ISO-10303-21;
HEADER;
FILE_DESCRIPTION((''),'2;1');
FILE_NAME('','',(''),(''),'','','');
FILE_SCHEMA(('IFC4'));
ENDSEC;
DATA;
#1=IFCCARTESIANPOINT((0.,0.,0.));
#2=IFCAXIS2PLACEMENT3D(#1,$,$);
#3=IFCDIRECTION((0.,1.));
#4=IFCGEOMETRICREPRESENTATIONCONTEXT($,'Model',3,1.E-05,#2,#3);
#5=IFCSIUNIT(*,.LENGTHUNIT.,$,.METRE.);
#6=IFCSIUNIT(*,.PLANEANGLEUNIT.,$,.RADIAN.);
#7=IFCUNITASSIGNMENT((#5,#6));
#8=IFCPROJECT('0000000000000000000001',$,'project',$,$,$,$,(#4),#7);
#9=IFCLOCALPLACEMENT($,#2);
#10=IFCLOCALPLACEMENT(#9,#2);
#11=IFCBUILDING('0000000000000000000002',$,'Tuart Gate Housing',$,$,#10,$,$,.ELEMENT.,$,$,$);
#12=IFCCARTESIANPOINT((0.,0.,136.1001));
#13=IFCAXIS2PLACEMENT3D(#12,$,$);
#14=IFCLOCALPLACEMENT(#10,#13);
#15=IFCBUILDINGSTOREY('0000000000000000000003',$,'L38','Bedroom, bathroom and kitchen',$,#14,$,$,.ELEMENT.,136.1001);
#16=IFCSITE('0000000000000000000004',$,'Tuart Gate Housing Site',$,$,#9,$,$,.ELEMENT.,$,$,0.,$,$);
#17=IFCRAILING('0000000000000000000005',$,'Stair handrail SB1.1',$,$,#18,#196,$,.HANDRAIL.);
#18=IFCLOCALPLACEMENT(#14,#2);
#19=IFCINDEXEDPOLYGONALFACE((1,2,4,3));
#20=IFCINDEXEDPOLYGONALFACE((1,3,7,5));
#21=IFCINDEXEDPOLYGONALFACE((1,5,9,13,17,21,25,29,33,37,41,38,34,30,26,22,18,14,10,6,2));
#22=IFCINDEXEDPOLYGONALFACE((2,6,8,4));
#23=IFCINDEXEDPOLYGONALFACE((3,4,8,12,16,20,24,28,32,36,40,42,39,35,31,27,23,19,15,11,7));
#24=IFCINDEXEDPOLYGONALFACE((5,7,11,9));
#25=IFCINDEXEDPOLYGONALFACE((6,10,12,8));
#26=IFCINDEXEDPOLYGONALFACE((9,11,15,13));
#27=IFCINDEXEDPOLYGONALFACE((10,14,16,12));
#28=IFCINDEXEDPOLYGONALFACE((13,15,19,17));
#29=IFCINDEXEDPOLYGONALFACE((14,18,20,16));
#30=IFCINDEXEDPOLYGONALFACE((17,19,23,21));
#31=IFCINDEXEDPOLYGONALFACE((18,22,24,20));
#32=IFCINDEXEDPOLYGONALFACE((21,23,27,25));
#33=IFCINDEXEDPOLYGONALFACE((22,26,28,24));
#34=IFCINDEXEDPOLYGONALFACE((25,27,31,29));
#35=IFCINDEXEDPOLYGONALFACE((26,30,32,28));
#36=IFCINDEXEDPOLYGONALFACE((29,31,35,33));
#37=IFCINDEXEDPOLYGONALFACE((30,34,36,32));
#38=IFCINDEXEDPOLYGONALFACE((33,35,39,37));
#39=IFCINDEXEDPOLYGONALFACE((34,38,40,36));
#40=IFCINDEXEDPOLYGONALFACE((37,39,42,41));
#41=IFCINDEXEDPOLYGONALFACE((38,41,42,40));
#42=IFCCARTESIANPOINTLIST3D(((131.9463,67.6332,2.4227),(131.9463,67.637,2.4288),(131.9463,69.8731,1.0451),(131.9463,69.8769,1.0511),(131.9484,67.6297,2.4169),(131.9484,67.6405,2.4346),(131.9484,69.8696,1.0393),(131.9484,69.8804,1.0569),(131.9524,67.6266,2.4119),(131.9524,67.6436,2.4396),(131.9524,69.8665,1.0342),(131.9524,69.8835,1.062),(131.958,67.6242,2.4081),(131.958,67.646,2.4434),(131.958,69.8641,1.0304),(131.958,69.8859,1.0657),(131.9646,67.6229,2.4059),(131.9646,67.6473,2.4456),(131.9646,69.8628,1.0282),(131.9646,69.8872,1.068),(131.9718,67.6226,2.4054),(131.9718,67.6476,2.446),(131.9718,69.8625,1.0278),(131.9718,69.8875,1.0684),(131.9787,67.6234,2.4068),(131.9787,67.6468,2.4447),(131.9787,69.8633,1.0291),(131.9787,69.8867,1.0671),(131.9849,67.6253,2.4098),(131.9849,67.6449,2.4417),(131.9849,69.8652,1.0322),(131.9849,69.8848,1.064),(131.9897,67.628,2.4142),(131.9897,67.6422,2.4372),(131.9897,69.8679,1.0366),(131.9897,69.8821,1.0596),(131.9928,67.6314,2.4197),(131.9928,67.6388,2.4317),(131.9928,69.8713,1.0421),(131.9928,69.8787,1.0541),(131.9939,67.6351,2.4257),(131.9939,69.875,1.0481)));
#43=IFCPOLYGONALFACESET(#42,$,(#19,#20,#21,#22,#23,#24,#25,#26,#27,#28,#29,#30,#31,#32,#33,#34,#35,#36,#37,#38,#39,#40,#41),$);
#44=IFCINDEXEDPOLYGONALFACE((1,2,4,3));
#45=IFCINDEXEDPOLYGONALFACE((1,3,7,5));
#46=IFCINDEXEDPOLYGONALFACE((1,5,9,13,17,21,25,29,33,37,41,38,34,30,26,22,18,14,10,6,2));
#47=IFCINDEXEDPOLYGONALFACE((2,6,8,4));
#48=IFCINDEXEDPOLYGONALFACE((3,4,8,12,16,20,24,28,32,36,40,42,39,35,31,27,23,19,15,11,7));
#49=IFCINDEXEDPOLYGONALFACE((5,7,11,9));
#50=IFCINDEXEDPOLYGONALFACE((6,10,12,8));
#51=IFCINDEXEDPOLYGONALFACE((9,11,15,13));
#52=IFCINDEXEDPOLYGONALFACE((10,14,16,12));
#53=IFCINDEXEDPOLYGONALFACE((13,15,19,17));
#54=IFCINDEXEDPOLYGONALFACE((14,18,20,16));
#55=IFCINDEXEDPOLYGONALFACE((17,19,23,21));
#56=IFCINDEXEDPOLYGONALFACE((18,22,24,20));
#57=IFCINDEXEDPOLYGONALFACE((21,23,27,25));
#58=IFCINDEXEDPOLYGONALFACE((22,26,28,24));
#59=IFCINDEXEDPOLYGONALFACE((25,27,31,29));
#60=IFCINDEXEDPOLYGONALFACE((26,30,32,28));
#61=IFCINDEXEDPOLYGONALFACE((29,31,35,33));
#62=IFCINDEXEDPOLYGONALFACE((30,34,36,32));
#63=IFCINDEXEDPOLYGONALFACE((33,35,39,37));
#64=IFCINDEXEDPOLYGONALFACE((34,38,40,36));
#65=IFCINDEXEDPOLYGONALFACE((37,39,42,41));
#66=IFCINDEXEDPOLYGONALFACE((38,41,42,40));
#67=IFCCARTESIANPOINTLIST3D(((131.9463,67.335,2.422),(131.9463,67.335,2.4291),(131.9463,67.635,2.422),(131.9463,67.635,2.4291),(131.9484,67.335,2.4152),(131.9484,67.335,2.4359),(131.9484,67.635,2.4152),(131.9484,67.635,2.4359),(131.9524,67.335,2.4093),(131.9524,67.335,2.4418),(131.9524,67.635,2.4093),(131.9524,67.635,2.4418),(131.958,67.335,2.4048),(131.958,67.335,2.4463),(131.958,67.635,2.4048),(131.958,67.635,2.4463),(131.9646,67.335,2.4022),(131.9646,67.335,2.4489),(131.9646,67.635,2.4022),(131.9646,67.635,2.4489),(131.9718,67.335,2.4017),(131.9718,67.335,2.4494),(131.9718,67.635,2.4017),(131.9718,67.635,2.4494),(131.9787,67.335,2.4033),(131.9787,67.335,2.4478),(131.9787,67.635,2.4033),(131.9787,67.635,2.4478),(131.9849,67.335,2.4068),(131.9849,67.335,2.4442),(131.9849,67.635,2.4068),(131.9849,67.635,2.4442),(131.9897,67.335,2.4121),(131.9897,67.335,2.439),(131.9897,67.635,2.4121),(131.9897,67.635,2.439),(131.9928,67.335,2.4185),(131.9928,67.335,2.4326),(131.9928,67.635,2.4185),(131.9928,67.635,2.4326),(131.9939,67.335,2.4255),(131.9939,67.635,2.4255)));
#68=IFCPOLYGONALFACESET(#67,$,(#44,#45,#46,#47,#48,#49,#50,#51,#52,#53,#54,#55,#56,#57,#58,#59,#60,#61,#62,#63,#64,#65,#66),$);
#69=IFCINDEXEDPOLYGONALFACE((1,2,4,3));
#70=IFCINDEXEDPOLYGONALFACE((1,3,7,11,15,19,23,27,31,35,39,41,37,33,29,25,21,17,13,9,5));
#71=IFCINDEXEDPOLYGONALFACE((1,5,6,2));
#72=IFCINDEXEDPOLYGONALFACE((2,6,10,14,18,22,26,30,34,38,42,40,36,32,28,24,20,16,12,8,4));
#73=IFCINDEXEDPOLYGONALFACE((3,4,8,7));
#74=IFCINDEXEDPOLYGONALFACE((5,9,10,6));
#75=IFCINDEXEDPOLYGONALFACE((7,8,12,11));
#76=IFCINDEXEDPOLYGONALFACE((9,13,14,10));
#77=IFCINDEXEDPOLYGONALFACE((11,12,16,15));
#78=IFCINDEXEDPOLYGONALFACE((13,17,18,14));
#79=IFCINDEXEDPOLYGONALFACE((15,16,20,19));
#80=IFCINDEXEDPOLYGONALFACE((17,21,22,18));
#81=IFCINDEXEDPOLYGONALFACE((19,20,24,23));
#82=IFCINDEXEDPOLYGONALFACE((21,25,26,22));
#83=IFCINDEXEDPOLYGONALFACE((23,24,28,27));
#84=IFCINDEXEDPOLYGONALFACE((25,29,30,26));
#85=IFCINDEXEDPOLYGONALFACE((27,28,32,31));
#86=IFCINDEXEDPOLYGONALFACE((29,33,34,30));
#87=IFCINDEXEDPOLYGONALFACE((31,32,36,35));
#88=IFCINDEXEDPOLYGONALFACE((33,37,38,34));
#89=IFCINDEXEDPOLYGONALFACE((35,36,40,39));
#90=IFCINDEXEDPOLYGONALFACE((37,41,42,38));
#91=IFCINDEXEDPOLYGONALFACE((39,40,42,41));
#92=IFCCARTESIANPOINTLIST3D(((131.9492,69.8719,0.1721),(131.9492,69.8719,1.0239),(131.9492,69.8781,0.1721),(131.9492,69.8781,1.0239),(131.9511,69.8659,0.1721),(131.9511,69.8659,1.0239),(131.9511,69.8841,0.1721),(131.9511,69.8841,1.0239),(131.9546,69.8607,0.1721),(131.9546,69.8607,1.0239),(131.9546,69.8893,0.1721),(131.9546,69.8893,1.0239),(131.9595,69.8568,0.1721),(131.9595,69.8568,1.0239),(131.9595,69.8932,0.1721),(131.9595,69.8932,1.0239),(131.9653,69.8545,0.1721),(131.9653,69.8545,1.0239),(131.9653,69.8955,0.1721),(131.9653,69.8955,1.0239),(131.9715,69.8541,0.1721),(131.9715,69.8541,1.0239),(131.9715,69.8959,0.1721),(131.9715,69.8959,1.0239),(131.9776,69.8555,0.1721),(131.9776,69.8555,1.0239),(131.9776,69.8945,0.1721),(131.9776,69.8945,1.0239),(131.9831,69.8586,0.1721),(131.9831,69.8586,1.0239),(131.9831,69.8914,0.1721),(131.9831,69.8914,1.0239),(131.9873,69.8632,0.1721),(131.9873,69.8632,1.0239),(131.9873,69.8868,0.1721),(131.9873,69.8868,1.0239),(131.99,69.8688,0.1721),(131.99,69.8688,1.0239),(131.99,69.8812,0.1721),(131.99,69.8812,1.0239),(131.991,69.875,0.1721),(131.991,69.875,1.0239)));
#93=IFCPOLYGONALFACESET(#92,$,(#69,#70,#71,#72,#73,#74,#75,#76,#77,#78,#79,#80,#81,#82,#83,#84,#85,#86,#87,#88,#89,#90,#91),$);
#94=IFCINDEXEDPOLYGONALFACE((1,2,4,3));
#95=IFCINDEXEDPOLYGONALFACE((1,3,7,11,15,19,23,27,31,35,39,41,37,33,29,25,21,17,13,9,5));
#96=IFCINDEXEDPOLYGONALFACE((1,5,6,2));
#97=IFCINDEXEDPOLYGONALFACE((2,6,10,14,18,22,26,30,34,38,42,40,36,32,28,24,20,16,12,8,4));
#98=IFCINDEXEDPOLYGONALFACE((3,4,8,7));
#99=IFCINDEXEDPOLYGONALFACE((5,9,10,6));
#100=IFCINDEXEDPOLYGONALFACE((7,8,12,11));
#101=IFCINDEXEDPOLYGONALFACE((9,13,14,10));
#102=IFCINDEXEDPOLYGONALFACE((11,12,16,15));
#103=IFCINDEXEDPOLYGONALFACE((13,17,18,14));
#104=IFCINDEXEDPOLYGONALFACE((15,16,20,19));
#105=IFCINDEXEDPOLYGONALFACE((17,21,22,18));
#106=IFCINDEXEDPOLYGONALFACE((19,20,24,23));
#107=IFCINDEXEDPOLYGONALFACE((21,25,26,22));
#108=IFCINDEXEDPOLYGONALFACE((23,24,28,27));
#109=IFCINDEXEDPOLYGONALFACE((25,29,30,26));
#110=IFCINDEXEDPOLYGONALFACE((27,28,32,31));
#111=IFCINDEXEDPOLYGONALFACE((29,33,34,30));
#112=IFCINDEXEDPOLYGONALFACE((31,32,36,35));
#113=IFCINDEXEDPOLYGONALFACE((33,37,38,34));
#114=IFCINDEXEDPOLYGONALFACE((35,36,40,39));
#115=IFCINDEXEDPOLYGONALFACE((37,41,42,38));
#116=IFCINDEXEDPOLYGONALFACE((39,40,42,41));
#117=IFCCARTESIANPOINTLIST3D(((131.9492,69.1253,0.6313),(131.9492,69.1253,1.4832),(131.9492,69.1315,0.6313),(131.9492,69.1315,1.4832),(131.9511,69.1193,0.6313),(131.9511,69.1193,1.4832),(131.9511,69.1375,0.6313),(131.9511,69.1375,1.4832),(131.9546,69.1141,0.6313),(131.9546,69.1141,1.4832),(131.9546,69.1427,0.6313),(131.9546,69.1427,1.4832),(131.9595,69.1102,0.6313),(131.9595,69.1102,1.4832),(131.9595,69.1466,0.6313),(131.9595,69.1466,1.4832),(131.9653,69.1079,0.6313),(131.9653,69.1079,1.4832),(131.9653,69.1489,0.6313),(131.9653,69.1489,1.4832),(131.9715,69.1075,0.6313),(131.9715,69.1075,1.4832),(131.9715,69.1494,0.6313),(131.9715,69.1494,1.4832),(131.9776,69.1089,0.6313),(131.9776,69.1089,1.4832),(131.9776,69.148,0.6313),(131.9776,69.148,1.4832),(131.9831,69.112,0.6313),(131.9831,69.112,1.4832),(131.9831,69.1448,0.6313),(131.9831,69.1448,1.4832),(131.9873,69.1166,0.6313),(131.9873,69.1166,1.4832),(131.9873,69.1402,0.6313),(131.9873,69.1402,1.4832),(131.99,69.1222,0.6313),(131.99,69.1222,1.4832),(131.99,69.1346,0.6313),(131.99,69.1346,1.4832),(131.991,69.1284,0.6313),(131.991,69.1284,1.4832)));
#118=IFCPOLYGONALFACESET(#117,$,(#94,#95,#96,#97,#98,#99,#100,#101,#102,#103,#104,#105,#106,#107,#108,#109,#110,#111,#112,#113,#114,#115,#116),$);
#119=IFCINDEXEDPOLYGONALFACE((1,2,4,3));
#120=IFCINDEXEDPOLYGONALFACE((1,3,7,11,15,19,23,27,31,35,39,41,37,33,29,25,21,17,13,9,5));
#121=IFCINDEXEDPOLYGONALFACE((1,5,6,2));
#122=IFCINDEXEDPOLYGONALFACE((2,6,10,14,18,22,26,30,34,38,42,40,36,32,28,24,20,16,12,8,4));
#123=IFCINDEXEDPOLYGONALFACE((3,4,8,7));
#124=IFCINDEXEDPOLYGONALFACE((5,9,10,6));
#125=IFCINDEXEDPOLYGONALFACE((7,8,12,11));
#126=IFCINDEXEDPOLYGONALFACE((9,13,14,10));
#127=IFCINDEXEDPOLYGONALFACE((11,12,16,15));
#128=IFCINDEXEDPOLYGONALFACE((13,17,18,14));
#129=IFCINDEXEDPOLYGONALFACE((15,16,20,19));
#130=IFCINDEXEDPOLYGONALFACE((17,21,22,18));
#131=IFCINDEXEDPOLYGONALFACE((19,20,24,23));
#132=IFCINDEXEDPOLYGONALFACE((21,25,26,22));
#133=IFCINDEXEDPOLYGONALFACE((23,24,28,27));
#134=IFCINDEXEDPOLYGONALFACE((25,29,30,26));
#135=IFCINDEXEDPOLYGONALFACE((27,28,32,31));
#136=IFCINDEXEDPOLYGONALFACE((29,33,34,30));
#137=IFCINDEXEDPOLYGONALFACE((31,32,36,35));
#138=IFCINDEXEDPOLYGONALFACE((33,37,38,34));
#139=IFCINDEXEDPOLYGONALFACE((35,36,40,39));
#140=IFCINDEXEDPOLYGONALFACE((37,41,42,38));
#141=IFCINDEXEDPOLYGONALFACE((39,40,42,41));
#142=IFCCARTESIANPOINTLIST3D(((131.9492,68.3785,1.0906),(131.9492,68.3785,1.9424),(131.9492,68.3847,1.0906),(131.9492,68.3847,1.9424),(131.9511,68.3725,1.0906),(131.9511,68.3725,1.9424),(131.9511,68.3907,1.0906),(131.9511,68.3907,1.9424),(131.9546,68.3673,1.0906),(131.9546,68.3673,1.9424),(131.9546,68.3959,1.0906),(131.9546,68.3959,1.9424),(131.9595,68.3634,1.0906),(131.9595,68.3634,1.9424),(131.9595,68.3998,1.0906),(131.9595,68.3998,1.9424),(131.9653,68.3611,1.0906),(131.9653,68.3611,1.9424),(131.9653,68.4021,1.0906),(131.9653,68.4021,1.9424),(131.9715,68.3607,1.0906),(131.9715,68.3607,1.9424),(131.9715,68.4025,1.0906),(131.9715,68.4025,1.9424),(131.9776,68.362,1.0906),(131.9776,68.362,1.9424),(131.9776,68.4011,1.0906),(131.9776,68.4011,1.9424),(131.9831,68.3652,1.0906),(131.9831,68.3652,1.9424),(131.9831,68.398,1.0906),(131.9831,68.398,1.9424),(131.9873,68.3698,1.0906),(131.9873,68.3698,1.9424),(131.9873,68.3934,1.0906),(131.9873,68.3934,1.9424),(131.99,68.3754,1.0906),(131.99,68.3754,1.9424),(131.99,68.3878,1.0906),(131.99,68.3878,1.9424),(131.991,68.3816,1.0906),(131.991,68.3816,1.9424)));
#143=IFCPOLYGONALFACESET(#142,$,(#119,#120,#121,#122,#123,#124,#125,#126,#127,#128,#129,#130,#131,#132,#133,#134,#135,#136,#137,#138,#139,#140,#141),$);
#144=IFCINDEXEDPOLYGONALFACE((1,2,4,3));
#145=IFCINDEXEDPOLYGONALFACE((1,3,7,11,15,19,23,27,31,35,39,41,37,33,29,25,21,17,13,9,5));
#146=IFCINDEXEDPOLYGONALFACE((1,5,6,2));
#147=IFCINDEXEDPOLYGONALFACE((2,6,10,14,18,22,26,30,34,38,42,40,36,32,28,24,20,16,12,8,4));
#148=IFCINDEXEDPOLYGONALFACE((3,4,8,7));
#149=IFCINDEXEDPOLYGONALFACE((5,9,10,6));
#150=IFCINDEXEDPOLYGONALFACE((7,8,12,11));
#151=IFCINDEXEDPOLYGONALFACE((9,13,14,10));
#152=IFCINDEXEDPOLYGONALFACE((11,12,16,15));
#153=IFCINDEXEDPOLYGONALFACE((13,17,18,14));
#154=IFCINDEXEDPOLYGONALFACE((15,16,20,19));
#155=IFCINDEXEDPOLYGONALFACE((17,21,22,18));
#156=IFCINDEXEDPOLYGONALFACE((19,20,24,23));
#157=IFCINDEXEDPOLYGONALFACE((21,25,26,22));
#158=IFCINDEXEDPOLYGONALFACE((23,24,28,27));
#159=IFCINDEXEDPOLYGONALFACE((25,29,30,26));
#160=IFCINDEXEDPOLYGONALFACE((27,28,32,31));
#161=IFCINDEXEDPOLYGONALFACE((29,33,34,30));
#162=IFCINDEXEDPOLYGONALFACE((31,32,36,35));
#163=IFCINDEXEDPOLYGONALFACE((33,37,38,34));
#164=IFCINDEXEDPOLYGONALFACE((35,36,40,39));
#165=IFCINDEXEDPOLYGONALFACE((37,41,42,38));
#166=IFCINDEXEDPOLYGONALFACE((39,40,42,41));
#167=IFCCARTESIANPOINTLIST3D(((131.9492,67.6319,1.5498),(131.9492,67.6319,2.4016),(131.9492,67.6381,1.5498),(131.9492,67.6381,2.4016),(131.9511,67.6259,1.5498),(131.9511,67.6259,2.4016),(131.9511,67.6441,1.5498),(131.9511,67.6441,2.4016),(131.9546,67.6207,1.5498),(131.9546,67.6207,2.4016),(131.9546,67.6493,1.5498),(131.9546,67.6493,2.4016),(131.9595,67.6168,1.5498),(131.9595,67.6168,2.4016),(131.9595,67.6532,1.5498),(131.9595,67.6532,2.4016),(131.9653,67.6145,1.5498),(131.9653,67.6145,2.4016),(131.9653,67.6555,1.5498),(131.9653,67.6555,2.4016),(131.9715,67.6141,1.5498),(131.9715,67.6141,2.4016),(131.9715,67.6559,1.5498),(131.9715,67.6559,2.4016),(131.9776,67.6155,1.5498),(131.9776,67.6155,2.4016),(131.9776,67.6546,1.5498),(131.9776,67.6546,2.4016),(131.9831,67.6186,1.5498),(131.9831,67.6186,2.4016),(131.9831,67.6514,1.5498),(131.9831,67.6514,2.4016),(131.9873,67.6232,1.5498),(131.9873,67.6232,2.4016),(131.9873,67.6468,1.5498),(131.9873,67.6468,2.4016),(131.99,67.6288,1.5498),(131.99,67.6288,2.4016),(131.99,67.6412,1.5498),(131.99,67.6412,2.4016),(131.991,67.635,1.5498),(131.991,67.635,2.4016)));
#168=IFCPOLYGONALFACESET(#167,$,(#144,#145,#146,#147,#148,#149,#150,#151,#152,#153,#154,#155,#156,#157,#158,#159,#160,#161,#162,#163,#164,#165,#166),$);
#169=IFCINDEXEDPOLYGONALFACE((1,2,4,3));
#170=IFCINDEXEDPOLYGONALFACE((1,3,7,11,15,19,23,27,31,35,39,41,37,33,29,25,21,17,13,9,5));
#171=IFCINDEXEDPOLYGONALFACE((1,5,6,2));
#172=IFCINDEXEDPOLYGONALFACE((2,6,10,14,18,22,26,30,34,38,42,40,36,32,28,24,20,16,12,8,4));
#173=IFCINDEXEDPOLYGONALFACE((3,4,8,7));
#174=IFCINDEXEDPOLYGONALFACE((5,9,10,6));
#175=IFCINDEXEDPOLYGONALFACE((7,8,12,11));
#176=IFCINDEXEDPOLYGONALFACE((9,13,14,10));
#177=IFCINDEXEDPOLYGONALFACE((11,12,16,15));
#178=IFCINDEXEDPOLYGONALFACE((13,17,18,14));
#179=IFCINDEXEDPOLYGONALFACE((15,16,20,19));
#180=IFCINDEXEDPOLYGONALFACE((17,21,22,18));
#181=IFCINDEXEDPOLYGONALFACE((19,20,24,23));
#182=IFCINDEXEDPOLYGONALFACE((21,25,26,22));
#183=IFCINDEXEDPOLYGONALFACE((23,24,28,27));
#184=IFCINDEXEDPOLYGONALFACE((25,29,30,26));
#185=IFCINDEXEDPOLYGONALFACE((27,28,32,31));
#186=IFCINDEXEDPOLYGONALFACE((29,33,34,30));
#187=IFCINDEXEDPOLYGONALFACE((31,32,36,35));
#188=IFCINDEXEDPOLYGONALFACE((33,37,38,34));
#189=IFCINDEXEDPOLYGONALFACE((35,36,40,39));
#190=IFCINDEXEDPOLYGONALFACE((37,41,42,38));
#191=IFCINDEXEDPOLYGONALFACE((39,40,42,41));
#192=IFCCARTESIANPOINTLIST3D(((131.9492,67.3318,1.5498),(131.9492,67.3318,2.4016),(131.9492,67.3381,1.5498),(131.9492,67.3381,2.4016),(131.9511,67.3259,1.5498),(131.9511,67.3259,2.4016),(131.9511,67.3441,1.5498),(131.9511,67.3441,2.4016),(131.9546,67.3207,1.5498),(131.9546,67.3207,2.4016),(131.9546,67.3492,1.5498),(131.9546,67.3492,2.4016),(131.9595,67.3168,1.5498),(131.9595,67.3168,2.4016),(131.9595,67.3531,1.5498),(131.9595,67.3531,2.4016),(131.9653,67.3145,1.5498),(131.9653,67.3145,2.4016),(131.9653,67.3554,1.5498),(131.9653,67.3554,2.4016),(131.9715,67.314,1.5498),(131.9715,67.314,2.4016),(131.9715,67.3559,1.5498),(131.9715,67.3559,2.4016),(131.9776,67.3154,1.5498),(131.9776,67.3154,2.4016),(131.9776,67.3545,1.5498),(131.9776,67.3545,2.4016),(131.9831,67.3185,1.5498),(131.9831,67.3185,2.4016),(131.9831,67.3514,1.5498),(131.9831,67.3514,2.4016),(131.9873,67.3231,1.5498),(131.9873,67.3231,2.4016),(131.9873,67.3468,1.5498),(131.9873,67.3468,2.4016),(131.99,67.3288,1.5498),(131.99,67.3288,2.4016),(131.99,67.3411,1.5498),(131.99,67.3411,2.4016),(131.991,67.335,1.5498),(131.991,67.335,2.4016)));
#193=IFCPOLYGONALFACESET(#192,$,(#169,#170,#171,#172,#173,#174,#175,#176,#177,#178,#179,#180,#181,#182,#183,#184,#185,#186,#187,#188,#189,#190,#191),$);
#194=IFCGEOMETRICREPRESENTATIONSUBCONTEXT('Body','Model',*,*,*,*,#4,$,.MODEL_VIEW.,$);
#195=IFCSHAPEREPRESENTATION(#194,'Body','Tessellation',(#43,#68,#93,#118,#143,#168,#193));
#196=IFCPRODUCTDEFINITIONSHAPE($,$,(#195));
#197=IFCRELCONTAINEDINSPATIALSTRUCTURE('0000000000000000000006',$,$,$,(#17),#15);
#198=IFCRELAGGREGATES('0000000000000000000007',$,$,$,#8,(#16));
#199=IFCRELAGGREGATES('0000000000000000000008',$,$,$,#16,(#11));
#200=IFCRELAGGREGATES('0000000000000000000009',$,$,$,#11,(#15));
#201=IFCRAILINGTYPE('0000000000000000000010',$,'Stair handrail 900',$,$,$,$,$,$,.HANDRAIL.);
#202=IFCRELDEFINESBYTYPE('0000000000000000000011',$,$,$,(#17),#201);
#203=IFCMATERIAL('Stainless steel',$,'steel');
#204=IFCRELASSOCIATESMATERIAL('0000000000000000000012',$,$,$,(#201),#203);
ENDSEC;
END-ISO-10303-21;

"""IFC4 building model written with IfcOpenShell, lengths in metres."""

from ifc_helpers import new_model, si_unit, direction, frame, origin, origin_2d, place, context, subcontext, project, spatial, circle, extrude, material, type_object, element, save


model = new_model("IFC4")

# Units and contexts
model_context = context("Model", 3, precision=1e-05, world=origin(), true_north=direction((0.0, 1.0)))
body_context = subcontext(model_context, "Body", "Model", "MODEL_VIEW")
ifc_project = project(units=[si_unit("LENGTHUNIT", "METRE"), si_unit("PLANEANGLEUNIT", "RADIAN")], contexts=[model_context])

# Site, building, storey
site_placement = place(None, origin())
site = spatial("IfcSite", under=ifc_project, at=site_placement, Name="Tuart Gate Housing Site", CompositionType="ELEMENT", RefElevation=0.0)
building_placement = place(site_placement, origin())
building = spatial("IfcBuilding", under=site, at=building_placement, Name="Tuart Gate Housing", CompositionType="ELEMENT")
storey_placement = place(building_placement, frame((0.0, 0.0, 136.1001)))
storey = spatial("IfcBuildingStorey", under=building, at=storey_placement, Name="L38", Description="Bedroom, bathroom and kitchen", CompositionType="ELEMENT", Elevation=136.1001)

# Railing
ifc_material_1 = material(Name="Stainless steel", Category="steel")
railing_type = type_object("IfcRailingType", Name="Stair handrail 900", PredefinedType="HANDRAIL", material=ifc_material_1)
railing_placement = place(storey_placement, frame((131.97, 69.875, 0.1721)))
element("IfcRailing", 1, at=railing_placement, inside=storey, type_object=railing_type, Name="Stair handrail SB1.1", PredefinedType="HANDRAIL", context=body_context, shape_type="SweptSolid", body=[
    extrude(circle(Radius=0.0239, at=origin_2d()), frame((0.0, 0.0, 0.876), z_axis=(0.0, -0.851789, 0.523885), x_axis=(1.0, 0.0, 0.0)), (0.0, 0.0, 1.0), 2.6296),
    extrude(circle(Radius=0.0239, at=origin_2d()), frame((0.0, -2.24, 2.2534), z_axis=(0.0, -1.0, 0.0), x_axis=(1.0, 0.0, 0.0)), (0.0, 0.0, 1.0), 0.3),
    extrude(circle(Radius=0.021, at=origin_2d()), origin(), (0.0, 0.0, 1.0), 0.8518),
    extrude(circle(Radius=0.021, at=origin_2d()), frame((0.0, -0.7466, 0.4592)), (0.0, 0.0, 1.0), 0.8518),
    extrude(circle(Radius=0.021, at=origin_2d()), frame((0.0, -1.4934, 0.9185)), (0.0, 0.0, 1.0), 0.8518),
    extrude(circle(Radius=0.021, at=origin_2d()), frame((0.0, -2.24, 1.3777)), (0.0, 0.0, 1.0), 0.8518),
    extrude(circle(Radius=0.021, at=origin_2d()), frame((0.0, -2.54, 1.3777)), (0.0, 0.0, 1.0), 0.8518),
])

save(model, "model.ifc")
